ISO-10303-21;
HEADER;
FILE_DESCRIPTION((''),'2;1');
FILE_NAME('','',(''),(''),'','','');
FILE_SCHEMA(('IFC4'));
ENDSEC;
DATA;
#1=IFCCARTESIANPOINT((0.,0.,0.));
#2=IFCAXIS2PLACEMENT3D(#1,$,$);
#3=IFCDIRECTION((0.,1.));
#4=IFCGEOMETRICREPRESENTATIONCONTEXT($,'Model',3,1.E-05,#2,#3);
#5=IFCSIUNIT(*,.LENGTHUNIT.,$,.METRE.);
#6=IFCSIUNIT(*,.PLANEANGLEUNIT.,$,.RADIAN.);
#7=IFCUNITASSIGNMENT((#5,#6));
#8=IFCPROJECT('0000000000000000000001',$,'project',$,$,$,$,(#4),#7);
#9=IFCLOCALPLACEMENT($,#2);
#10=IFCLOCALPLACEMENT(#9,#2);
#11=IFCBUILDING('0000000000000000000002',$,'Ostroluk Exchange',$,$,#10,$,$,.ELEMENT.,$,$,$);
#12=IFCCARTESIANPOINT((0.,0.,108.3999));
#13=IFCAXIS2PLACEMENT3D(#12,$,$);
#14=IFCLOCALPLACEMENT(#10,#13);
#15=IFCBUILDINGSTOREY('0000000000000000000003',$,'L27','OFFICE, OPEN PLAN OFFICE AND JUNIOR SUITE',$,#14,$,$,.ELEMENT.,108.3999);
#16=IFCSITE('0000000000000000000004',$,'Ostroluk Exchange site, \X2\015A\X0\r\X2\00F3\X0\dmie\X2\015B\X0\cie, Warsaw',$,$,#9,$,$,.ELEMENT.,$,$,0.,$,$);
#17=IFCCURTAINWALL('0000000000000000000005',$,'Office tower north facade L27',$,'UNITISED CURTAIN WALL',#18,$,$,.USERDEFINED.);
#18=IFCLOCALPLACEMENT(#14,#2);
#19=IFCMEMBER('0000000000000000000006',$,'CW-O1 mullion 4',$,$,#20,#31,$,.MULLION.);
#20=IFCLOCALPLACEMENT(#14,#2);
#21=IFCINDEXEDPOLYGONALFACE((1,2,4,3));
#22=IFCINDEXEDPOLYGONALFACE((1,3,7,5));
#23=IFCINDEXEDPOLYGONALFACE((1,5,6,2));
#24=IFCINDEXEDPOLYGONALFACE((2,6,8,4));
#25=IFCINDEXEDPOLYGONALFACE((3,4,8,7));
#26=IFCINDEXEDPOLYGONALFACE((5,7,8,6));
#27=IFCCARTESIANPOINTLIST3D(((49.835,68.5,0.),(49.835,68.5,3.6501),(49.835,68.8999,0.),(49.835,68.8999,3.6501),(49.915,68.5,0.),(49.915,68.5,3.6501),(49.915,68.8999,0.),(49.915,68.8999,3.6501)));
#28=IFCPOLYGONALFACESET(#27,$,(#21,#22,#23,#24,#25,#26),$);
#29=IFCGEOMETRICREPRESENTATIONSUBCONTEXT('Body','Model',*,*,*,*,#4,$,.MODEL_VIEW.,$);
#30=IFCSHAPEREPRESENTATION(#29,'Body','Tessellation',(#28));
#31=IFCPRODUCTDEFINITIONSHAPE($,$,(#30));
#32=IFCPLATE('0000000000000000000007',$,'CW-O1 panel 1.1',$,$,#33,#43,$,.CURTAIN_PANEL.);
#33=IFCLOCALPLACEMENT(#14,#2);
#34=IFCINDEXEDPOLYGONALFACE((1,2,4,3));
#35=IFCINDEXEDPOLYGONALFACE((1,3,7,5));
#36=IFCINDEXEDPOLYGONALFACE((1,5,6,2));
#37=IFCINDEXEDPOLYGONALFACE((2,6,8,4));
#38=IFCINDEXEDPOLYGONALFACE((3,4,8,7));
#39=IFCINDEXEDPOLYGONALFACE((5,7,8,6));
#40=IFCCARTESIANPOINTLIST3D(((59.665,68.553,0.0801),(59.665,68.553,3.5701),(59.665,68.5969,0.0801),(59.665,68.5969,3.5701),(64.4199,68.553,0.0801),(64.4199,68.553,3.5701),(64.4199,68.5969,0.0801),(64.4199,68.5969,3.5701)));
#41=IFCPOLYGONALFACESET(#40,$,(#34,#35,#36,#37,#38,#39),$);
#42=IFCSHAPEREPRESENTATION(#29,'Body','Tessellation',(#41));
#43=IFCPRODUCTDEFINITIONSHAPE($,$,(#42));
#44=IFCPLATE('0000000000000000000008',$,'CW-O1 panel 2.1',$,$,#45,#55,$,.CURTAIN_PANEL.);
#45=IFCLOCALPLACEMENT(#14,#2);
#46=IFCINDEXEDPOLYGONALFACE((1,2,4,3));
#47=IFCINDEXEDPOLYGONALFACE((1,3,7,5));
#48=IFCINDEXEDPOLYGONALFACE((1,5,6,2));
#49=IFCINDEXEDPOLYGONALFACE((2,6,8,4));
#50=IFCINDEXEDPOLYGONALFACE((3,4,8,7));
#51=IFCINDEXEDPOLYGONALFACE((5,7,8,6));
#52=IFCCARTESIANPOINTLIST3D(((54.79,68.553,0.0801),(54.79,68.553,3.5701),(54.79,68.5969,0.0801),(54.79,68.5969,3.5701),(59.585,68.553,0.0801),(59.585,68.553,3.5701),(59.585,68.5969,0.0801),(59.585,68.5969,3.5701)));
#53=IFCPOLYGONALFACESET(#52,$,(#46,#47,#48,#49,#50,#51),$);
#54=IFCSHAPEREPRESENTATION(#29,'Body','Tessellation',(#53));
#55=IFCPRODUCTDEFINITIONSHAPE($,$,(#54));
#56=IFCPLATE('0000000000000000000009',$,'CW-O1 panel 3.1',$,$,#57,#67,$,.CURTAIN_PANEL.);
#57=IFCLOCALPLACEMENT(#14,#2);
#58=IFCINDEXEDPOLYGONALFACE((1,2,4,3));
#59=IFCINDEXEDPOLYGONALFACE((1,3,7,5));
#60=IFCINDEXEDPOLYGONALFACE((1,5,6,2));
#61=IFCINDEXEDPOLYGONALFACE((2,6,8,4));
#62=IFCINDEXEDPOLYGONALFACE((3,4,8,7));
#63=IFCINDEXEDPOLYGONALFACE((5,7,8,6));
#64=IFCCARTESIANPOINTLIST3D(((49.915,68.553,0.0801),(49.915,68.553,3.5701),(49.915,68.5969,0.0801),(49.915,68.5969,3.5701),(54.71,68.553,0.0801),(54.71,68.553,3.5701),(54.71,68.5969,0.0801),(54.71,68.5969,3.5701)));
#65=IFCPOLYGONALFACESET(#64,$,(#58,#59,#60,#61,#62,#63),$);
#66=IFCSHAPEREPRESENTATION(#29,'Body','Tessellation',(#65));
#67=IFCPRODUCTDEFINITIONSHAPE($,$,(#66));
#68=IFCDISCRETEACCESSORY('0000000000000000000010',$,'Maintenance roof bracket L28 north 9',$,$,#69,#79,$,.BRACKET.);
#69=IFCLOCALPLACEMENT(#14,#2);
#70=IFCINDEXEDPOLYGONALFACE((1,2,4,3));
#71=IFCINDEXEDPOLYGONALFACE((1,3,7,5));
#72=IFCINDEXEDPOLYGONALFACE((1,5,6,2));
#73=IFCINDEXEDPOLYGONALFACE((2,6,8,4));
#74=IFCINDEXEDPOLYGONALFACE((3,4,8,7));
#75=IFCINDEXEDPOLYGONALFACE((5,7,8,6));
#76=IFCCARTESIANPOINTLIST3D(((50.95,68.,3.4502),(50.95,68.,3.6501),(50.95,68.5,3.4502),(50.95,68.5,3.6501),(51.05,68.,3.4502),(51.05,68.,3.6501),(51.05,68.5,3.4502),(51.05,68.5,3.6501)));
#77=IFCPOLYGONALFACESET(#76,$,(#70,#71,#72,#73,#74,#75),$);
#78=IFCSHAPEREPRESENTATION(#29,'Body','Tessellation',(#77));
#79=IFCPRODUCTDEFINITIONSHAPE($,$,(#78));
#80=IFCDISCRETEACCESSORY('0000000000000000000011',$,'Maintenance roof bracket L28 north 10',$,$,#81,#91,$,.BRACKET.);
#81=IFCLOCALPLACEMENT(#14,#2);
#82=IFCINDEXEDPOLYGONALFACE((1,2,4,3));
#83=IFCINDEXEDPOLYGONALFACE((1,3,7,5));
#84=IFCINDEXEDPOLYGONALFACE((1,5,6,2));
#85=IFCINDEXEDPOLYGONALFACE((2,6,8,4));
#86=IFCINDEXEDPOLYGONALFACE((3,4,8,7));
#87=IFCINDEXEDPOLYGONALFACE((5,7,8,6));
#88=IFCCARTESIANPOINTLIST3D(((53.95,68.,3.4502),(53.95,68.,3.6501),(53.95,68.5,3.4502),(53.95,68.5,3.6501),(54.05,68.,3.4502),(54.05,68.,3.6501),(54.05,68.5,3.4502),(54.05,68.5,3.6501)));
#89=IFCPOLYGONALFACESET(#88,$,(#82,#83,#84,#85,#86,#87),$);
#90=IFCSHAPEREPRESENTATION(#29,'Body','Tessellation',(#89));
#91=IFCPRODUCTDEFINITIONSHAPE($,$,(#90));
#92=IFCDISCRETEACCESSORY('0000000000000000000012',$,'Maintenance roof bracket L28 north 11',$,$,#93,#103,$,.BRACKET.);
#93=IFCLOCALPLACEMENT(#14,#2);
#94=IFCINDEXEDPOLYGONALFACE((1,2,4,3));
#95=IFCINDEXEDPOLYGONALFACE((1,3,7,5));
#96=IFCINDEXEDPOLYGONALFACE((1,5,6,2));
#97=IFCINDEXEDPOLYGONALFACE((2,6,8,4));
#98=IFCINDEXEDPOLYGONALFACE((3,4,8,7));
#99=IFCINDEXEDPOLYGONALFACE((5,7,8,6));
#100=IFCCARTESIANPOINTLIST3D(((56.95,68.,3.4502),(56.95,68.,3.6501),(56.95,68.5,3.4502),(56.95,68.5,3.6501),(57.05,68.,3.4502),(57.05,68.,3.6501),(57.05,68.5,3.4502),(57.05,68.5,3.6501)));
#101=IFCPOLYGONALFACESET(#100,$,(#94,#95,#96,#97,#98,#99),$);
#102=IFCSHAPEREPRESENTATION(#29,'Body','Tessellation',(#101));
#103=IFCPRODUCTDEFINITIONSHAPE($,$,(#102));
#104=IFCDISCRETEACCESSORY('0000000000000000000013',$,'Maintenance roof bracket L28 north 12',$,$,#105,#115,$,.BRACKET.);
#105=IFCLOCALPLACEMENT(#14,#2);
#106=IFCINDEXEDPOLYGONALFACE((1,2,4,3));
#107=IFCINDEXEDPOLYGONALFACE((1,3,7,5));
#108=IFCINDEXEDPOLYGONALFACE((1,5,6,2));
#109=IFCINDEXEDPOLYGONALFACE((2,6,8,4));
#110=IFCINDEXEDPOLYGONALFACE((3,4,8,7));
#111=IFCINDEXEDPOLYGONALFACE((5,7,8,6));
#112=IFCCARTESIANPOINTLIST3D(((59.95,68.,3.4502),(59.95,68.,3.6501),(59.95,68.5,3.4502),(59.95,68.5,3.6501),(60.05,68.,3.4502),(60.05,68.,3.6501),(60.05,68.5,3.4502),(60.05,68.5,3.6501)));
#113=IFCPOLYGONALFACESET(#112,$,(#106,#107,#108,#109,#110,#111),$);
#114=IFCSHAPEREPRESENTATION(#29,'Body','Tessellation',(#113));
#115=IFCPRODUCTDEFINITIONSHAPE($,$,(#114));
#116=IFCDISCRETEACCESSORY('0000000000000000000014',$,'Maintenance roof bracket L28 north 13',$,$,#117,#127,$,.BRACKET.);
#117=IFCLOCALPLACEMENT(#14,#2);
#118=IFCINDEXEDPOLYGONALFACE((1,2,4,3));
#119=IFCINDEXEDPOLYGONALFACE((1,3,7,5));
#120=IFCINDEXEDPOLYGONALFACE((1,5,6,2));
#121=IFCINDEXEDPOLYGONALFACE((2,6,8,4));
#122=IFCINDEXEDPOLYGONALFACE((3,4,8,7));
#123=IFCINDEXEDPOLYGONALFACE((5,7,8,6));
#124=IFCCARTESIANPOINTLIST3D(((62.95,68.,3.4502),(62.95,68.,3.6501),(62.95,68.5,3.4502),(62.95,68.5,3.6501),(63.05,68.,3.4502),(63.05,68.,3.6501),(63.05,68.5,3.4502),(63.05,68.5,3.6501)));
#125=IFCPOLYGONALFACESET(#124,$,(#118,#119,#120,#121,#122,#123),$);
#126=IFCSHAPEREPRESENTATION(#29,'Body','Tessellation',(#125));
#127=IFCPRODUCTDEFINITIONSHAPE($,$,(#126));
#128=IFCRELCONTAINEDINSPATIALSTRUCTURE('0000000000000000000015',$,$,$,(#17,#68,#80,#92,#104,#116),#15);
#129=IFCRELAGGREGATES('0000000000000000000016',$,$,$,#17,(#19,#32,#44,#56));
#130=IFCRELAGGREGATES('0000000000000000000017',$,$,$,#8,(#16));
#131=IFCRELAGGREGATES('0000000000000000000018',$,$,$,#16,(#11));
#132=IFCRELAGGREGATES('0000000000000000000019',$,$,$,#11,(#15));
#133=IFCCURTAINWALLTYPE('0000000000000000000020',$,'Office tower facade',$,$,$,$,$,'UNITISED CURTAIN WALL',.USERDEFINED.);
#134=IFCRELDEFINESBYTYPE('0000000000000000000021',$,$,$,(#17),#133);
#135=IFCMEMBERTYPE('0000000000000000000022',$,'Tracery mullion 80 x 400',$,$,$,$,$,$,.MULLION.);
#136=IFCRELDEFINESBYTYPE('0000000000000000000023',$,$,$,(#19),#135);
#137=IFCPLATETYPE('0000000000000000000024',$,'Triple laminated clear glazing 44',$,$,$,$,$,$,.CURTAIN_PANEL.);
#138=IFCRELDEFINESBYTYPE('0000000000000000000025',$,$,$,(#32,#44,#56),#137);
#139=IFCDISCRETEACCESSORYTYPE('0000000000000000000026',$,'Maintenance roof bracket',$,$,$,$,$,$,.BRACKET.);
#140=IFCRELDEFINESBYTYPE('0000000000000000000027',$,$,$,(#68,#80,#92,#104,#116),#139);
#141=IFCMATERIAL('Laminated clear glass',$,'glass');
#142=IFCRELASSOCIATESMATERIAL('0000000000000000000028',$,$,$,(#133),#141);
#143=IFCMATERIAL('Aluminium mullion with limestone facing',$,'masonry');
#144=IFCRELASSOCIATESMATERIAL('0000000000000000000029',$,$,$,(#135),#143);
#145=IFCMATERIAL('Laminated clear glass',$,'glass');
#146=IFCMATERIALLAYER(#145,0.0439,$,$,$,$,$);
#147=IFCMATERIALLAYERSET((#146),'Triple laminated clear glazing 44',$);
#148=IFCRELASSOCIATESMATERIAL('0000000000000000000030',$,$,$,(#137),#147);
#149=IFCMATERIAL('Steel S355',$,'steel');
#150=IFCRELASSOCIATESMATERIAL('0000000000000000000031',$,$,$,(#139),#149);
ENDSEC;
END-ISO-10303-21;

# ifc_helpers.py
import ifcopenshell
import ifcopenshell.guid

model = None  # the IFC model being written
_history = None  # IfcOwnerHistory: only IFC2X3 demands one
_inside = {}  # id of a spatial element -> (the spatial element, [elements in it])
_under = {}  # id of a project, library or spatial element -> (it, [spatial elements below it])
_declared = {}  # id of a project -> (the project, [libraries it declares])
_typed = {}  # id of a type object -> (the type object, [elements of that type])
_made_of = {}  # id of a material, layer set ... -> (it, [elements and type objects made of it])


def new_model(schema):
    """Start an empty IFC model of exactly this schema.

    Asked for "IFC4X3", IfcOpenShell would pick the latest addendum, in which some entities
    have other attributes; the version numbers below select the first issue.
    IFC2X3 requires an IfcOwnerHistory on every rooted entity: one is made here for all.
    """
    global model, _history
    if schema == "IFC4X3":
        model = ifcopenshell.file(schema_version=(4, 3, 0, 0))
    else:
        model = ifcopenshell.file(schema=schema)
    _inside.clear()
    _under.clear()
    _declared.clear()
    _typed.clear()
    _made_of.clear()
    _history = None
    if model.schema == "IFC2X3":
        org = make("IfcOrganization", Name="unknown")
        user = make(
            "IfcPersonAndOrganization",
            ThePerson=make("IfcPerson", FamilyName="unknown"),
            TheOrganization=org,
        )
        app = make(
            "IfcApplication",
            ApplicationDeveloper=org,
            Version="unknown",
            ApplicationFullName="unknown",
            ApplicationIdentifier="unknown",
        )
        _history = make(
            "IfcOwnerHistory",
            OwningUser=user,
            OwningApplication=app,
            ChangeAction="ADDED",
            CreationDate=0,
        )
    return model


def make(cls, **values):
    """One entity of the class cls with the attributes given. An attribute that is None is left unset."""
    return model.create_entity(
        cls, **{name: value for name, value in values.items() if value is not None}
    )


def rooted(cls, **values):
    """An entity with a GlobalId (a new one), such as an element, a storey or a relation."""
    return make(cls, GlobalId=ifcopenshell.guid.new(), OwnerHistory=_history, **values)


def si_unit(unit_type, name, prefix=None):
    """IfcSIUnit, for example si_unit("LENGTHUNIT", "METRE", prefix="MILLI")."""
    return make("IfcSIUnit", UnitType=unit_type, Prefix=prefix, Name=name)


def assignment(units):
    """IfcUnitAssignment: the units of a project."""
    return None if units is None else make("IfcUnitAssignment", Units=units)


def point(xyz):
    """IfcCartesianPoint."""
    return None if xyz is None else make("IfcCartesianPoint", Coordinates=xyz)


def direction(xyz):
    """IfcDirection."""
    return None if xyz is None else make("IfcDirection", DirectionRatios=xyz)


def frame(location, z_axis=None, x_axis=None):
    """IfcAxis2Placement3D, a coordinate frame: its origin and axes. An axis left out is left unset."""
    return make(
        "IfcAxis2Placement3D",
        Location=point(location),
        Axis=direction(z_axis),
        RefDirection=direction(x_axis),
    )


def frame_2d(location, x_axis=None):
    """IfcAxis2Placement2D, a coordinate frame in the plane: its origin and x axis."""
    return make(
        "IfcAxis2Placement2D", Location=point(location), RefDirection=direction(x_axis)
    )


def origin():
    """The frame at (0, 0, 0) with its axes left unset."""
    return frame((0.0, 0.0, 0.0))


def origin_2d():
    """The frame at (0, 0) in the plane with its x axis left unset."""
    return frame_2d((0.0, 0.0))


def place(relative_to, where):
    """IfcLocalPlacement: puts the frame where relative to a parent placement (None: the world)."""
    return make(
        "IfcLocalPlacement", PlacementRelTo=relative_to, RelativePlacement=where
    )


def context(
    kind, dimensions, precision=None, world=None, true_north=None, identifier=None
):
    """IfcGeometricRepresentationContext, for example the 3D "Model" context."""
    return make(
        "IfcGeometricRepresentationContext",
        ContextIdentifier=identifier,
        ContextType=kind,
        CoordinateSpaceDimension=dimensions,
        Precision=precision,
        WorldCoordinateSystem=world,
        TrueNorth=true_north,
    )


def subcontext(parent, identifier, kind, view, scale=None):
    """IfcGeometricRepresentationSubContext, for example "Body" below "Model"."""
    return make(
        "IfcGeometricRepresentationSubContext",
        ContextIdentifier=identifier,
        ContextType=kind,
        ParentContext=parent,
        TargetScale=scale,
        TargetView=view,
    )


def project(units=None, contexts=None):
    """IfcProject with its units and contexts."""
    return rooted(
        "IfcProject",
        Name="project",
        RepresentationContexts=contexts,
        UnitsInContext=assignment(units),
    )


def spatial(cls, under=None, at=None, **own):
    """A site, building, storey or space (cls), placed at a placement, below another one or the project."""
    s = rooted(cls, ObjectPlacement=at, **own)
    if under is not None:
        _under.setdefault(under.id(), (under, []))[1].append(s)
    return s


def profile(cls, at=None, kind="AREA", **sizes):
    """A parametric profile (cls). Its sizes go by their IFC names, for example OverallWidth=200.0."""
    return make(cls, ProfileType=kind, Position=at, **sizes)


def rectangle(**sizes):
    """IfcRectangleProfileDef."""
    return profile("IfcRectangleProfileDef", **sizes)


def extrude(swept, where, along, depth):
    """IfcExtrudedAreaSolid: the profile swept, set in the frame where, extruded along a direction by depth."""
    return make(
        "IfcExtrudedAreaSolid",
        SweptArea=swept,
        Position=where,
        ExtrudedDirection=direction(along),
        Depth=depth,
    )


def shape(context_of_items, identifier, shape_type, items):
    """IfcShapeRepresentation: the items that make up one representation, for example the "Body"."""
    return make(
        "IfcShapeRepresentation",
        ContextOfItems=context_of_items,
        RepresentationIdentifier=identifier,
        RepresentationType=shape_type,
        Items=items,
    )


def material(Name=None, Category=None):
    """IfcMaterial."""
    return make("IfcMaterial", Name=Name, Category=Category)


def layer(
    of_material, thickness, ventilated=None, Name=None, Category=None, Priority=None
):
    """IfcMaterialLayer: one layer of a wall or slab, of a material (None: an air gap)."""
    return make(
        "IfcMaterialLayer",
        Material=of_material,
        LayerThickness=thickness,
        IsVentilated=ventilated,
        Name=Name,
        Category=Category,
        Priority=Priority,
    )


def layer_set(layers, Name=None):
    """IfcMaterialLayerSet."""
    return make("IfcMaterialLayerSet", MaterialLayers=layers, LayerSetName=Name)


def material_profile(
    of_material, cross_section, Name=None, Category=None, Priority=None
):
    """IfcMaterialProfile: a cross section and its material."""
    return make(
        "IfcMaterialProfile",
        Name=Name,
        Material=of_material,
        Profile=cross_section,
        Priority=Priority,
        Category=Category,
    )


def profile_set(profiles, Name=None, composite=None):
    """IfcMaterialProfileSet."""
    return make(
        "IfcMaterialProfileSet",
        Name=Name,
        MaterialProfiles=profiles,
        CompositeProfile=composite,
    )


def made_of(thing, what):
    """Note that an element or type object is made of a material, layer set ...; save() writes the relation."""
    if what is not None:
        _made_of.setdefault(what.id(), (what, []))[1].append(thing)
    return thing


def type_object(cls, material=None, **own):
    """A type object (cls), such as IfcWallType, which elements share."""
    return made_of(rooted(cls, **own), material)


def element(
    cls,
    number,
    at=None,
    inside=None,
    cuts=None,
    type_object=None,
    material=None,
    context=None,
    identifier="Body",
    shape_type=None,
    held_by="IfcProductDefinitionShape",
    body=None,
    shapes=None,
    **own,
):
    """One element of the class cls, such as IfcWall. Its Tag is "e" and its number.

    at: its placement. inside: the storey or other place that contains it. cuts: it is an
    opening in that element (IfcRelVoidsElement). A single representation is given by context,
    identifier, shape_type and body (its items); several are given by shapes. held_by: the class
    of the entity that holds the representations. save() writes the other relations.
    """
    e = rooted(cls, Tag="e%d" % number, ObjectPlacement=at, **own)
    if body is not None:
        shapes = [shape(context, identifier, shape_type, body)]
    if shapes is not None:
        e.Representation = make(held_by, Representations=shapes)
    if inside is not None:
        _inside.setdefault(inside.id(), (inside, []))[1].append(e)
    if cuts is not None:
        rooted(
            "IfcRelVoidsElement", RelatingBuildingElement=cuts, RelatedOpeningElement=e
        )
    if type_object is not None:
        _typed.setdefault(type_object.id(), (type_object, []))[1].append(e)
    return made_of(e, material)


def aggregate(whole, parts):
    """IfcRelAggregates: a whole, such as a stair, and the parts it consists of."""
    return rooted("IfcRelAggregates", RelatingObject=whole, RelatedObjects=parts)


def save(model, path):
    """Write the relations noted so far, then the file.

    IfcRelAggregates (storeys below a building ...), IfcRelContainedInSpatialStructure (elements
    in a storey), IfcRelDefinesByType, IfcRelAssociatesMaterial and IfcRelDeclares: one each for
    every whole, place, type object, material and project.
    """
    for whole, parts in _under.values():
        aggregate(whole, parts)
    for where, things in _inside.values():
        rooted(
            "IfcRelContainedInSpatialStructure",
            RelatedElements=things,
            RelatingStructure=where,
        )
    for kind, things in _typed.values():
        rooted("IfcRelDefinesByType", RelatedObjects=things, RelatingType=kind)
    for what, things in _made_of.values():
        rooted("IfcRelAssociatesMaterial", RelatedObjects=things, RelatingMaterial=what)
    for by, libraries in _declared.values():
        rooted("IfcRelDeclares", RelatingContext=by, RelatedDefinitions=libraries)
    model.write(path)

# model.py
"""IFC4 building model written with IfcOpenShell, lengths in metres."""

from ifc_helpers import new_model, si_unit, direction, frame, origin, origin_2d, place, context, subcontext, project, spatial, rectangle, extrude, material, layer, layer_set, material_profile, profile_set, type_object, element, aggregate, save


model = new_model("IFC4")

# Units and contexts
model_context = context("Model", 3, precision=1e-05, world=origin(), true_north=direction((0.0, 1.0)))
body_context = subcontext(model_context, "Body", "Model", "MODEL_VIEW")
ifc_project = project(units=[si_unit("LENGTHUNIT", "METRE"), si_unit("PLANEANGLEUNIT", "RADIAN")], contexts=[model_context])

# Site, building, storey
site_placement = place(None, origin())
site = spatial("IfcSite", under=ifc_project, at=site_placement, Name="Ostroluk Exchange site, Śródmieście, Warsaw", CompositionType="ELEMENT", RefElevation=0.0)
building_placement = place(site_placement, origin())
building = spatial("IfcBuilding", under=site, at=building_placement, Name="Ostroluk Exchange", CompositionType="ELEMENT")
storey_placement = place(building_placement, frame((0.0, 0.0, 108.3999)))
storey = spatial("IfcBuildingStorey", under=building, at=storey_placement, Name="L27", Description="OFFICE, OPEN PLAN OFFICE AND JUNIOR SUITE", CompositionType="ELEMENT", Elevation=108.3999)

# Curtain wall, member, plates
ifc_material_1 = material(Name="Laminated clear glass", Category="glass")
curtain_wall_type = type_object("IfcCurtainWallType", Name="Office tower facade", ElementType="UNITISED CURTAIN WALL", PredefinedType="USERDEFINED", material=ifc_material_1)
curtain_wall_placement = place(storey_placement, origin())
curtain_wall = element("IfcCurtainWall", 1, at=curtain_wall_placement, inside=storey, type_object=curtain_wall_type, Name="Office tower north facade L27", ObjectType="UNITISED CURTAIN WALL", PredefinedType="USERDEFINED")
ifc_material_2 = material(Name="Aluminium mullion with limestone facing", Category="masonry")
ifc_material_profile_1 = material_profile(ifc_material_2, rectangle(XDim=0.3999, YDim=0.0801, at=origin_2d()), Name="Tracery mullion 80 x 400")
ifc_profile_set_1 = profile_set([ifc_material_profile_1], Name="Aluminium mullion with limestone facing")
member_type_1 = type_object("IfcMemberType", Name="Tracery mullion 80 x 400", PredefinedType="MULLION", material=ifc_profile_set_1)
member_1_placement = place(storey_placement, frame((49.875, 68.7, 0.0), z_axis=(0.0, 0.0, 1.0), x_axis=(0.0, -1.0, 0.0)))
member_1 = element("IfcMember", 2, at=member_1_placement, type_object=member_type_1, Name="CW-O1 mullion 4", PredefinedType="MULLION", context=body_context, shape_type="SweptSolid", body=[
    extrude(rectangle(XDim=0.3999, YDim=0.0801, at=origin_2d()), origin(), (0.0, 0.0, 1.0), 3.6501),
])
ifc_material_3 = material(Name="Laminated clear glass", Category="glass")
ifc_layer = layer(ifc_material_3, 0.0439)
ifc_layer_set = layer_set([ifc_layer], Name="Triple laminated clear glazing 44")
plate_type = type_object("IfcPlateType", Name="Triple laminated clear glazing 44", PredefinedType="CURTAIN_PANEL", material=ifc_layer_set)
plate_1_placement = place(storey_placement, frame((62.0425, 68.575, 0.0801), z_axis=(0.0, 0.0, 1.0), x_axis=(-1.0, 0.0, 0.0)))
plate_1 = element("IfcPlate", 3, at=plate_1_placement, type_object=plate_type, Name="CW-O1 panel 1.1", PredefinedType="CURTAIN_PANEL", context=body_context, shape_type="SweptSolid", body=[
    extrude(rectangle(XDim=4.7549, YDim=0.0439, at=origin_2d()), origin(), (0.0, 0.0, 1.0), 3.49),
])
plate_2_placement = place(storey_placement, frame((57.1875, 68.575, 0.0801), z_axis=(0.0, 0.0, 1.0), x_axis=(-1.0, 0.0, 0.0)))
plate_2 = element("IfcPlate", 4, at=plate_2_placement, type_object=plate_type, Name="CW-O1 panel 2.1", PredefinedType="CURTAIN_PANEL", context=body_context, shape_type="SweptSolid", body=[
    extrude(rectangle(XDim=4.7949, YDim=0.0439, at=origin_2d()), origin(), (0.0, 0.0, 1.0), 3.49),
])
plate_3_placement = place(storey_placement, frame((52.3125, 68.575, 0.0801), z_axis=(0.0, 0.0, 1.0), x_axis=(-1.0, 0.0, 0.0)))
plate_3 = element("IfcPlate", 5, at=plate_3_placement, type_object=plate_type, Name="CW-O1 panel 3.1", PredefinedType="CURTAIN_PANEL", context=body_context, shape_type="SweptSolid", body=[
    extrude(rectangle(XDim=4.7949, YDim=0.0439, at=origin_2d()), origin(), (0.0, 0.0, 1.0), 3.49),
])
aggregate(curtain_wall, [member_1, plate_1, plate_2, plate_3])

# Discrete accessories
ifc_material_4 = material(Name="Steel S355", Category="steel")
discrete_accessory_type = type_object("IfcDiscreteAccessoryType", Name="Maintenance roof bracket", PredefinedType="BRACKET", material=ifc_material_4)
for number, where, z_axis, x_axis, name in (
    (6, (51.0, 68.25, 3.4502), (0.0, 0.0, 1.0), (1.0, 0.0, 0.0), "Maintenance roof bracket L28 north 9"),
    (7, (54.0, 68.25, 3.4502), (0.0, 0.0, 1.0), (1.0, 0.0, 0.0), "Maintenance roof bracket L28 north 10"),
    (8, (57.0, 68.25, 3.4502), (0.0, 0.0, 1.0), (1.0, 0.0, 0.0), "Maintenance roof bracket L28 north 11"),
    (9, (60.0, 68.25, 3.4502), (0.0, 0.0, 1.0), (1.0, 0.0, 0.0), "Maintenance roof bracket L28 north 12"),
    (10, (63.0, 68.25, 3.4502), (0.0, 0.0, 1.0), (1.0, 0.0, 0.0), "Maintenance roof bracket L28 north 13"),
):
    element("IfcDiscreteAccessory", number, at=place(storey_placement, frame(where, z_axis=z_axis, x_axis=x_axis)), inside=storey, type_object=discrete_accessory_type, Name=name, PredefinedType="BRACKET", context=body_context, shape_type="SweptSolid", body=[
        extrude(rectangle(XDim=0.1001, YDim=0.5, at=origin_2d()), origin(), (0.0, 0.0, 1.0), 0.2),
    ])

save(model, "model.ifc")
